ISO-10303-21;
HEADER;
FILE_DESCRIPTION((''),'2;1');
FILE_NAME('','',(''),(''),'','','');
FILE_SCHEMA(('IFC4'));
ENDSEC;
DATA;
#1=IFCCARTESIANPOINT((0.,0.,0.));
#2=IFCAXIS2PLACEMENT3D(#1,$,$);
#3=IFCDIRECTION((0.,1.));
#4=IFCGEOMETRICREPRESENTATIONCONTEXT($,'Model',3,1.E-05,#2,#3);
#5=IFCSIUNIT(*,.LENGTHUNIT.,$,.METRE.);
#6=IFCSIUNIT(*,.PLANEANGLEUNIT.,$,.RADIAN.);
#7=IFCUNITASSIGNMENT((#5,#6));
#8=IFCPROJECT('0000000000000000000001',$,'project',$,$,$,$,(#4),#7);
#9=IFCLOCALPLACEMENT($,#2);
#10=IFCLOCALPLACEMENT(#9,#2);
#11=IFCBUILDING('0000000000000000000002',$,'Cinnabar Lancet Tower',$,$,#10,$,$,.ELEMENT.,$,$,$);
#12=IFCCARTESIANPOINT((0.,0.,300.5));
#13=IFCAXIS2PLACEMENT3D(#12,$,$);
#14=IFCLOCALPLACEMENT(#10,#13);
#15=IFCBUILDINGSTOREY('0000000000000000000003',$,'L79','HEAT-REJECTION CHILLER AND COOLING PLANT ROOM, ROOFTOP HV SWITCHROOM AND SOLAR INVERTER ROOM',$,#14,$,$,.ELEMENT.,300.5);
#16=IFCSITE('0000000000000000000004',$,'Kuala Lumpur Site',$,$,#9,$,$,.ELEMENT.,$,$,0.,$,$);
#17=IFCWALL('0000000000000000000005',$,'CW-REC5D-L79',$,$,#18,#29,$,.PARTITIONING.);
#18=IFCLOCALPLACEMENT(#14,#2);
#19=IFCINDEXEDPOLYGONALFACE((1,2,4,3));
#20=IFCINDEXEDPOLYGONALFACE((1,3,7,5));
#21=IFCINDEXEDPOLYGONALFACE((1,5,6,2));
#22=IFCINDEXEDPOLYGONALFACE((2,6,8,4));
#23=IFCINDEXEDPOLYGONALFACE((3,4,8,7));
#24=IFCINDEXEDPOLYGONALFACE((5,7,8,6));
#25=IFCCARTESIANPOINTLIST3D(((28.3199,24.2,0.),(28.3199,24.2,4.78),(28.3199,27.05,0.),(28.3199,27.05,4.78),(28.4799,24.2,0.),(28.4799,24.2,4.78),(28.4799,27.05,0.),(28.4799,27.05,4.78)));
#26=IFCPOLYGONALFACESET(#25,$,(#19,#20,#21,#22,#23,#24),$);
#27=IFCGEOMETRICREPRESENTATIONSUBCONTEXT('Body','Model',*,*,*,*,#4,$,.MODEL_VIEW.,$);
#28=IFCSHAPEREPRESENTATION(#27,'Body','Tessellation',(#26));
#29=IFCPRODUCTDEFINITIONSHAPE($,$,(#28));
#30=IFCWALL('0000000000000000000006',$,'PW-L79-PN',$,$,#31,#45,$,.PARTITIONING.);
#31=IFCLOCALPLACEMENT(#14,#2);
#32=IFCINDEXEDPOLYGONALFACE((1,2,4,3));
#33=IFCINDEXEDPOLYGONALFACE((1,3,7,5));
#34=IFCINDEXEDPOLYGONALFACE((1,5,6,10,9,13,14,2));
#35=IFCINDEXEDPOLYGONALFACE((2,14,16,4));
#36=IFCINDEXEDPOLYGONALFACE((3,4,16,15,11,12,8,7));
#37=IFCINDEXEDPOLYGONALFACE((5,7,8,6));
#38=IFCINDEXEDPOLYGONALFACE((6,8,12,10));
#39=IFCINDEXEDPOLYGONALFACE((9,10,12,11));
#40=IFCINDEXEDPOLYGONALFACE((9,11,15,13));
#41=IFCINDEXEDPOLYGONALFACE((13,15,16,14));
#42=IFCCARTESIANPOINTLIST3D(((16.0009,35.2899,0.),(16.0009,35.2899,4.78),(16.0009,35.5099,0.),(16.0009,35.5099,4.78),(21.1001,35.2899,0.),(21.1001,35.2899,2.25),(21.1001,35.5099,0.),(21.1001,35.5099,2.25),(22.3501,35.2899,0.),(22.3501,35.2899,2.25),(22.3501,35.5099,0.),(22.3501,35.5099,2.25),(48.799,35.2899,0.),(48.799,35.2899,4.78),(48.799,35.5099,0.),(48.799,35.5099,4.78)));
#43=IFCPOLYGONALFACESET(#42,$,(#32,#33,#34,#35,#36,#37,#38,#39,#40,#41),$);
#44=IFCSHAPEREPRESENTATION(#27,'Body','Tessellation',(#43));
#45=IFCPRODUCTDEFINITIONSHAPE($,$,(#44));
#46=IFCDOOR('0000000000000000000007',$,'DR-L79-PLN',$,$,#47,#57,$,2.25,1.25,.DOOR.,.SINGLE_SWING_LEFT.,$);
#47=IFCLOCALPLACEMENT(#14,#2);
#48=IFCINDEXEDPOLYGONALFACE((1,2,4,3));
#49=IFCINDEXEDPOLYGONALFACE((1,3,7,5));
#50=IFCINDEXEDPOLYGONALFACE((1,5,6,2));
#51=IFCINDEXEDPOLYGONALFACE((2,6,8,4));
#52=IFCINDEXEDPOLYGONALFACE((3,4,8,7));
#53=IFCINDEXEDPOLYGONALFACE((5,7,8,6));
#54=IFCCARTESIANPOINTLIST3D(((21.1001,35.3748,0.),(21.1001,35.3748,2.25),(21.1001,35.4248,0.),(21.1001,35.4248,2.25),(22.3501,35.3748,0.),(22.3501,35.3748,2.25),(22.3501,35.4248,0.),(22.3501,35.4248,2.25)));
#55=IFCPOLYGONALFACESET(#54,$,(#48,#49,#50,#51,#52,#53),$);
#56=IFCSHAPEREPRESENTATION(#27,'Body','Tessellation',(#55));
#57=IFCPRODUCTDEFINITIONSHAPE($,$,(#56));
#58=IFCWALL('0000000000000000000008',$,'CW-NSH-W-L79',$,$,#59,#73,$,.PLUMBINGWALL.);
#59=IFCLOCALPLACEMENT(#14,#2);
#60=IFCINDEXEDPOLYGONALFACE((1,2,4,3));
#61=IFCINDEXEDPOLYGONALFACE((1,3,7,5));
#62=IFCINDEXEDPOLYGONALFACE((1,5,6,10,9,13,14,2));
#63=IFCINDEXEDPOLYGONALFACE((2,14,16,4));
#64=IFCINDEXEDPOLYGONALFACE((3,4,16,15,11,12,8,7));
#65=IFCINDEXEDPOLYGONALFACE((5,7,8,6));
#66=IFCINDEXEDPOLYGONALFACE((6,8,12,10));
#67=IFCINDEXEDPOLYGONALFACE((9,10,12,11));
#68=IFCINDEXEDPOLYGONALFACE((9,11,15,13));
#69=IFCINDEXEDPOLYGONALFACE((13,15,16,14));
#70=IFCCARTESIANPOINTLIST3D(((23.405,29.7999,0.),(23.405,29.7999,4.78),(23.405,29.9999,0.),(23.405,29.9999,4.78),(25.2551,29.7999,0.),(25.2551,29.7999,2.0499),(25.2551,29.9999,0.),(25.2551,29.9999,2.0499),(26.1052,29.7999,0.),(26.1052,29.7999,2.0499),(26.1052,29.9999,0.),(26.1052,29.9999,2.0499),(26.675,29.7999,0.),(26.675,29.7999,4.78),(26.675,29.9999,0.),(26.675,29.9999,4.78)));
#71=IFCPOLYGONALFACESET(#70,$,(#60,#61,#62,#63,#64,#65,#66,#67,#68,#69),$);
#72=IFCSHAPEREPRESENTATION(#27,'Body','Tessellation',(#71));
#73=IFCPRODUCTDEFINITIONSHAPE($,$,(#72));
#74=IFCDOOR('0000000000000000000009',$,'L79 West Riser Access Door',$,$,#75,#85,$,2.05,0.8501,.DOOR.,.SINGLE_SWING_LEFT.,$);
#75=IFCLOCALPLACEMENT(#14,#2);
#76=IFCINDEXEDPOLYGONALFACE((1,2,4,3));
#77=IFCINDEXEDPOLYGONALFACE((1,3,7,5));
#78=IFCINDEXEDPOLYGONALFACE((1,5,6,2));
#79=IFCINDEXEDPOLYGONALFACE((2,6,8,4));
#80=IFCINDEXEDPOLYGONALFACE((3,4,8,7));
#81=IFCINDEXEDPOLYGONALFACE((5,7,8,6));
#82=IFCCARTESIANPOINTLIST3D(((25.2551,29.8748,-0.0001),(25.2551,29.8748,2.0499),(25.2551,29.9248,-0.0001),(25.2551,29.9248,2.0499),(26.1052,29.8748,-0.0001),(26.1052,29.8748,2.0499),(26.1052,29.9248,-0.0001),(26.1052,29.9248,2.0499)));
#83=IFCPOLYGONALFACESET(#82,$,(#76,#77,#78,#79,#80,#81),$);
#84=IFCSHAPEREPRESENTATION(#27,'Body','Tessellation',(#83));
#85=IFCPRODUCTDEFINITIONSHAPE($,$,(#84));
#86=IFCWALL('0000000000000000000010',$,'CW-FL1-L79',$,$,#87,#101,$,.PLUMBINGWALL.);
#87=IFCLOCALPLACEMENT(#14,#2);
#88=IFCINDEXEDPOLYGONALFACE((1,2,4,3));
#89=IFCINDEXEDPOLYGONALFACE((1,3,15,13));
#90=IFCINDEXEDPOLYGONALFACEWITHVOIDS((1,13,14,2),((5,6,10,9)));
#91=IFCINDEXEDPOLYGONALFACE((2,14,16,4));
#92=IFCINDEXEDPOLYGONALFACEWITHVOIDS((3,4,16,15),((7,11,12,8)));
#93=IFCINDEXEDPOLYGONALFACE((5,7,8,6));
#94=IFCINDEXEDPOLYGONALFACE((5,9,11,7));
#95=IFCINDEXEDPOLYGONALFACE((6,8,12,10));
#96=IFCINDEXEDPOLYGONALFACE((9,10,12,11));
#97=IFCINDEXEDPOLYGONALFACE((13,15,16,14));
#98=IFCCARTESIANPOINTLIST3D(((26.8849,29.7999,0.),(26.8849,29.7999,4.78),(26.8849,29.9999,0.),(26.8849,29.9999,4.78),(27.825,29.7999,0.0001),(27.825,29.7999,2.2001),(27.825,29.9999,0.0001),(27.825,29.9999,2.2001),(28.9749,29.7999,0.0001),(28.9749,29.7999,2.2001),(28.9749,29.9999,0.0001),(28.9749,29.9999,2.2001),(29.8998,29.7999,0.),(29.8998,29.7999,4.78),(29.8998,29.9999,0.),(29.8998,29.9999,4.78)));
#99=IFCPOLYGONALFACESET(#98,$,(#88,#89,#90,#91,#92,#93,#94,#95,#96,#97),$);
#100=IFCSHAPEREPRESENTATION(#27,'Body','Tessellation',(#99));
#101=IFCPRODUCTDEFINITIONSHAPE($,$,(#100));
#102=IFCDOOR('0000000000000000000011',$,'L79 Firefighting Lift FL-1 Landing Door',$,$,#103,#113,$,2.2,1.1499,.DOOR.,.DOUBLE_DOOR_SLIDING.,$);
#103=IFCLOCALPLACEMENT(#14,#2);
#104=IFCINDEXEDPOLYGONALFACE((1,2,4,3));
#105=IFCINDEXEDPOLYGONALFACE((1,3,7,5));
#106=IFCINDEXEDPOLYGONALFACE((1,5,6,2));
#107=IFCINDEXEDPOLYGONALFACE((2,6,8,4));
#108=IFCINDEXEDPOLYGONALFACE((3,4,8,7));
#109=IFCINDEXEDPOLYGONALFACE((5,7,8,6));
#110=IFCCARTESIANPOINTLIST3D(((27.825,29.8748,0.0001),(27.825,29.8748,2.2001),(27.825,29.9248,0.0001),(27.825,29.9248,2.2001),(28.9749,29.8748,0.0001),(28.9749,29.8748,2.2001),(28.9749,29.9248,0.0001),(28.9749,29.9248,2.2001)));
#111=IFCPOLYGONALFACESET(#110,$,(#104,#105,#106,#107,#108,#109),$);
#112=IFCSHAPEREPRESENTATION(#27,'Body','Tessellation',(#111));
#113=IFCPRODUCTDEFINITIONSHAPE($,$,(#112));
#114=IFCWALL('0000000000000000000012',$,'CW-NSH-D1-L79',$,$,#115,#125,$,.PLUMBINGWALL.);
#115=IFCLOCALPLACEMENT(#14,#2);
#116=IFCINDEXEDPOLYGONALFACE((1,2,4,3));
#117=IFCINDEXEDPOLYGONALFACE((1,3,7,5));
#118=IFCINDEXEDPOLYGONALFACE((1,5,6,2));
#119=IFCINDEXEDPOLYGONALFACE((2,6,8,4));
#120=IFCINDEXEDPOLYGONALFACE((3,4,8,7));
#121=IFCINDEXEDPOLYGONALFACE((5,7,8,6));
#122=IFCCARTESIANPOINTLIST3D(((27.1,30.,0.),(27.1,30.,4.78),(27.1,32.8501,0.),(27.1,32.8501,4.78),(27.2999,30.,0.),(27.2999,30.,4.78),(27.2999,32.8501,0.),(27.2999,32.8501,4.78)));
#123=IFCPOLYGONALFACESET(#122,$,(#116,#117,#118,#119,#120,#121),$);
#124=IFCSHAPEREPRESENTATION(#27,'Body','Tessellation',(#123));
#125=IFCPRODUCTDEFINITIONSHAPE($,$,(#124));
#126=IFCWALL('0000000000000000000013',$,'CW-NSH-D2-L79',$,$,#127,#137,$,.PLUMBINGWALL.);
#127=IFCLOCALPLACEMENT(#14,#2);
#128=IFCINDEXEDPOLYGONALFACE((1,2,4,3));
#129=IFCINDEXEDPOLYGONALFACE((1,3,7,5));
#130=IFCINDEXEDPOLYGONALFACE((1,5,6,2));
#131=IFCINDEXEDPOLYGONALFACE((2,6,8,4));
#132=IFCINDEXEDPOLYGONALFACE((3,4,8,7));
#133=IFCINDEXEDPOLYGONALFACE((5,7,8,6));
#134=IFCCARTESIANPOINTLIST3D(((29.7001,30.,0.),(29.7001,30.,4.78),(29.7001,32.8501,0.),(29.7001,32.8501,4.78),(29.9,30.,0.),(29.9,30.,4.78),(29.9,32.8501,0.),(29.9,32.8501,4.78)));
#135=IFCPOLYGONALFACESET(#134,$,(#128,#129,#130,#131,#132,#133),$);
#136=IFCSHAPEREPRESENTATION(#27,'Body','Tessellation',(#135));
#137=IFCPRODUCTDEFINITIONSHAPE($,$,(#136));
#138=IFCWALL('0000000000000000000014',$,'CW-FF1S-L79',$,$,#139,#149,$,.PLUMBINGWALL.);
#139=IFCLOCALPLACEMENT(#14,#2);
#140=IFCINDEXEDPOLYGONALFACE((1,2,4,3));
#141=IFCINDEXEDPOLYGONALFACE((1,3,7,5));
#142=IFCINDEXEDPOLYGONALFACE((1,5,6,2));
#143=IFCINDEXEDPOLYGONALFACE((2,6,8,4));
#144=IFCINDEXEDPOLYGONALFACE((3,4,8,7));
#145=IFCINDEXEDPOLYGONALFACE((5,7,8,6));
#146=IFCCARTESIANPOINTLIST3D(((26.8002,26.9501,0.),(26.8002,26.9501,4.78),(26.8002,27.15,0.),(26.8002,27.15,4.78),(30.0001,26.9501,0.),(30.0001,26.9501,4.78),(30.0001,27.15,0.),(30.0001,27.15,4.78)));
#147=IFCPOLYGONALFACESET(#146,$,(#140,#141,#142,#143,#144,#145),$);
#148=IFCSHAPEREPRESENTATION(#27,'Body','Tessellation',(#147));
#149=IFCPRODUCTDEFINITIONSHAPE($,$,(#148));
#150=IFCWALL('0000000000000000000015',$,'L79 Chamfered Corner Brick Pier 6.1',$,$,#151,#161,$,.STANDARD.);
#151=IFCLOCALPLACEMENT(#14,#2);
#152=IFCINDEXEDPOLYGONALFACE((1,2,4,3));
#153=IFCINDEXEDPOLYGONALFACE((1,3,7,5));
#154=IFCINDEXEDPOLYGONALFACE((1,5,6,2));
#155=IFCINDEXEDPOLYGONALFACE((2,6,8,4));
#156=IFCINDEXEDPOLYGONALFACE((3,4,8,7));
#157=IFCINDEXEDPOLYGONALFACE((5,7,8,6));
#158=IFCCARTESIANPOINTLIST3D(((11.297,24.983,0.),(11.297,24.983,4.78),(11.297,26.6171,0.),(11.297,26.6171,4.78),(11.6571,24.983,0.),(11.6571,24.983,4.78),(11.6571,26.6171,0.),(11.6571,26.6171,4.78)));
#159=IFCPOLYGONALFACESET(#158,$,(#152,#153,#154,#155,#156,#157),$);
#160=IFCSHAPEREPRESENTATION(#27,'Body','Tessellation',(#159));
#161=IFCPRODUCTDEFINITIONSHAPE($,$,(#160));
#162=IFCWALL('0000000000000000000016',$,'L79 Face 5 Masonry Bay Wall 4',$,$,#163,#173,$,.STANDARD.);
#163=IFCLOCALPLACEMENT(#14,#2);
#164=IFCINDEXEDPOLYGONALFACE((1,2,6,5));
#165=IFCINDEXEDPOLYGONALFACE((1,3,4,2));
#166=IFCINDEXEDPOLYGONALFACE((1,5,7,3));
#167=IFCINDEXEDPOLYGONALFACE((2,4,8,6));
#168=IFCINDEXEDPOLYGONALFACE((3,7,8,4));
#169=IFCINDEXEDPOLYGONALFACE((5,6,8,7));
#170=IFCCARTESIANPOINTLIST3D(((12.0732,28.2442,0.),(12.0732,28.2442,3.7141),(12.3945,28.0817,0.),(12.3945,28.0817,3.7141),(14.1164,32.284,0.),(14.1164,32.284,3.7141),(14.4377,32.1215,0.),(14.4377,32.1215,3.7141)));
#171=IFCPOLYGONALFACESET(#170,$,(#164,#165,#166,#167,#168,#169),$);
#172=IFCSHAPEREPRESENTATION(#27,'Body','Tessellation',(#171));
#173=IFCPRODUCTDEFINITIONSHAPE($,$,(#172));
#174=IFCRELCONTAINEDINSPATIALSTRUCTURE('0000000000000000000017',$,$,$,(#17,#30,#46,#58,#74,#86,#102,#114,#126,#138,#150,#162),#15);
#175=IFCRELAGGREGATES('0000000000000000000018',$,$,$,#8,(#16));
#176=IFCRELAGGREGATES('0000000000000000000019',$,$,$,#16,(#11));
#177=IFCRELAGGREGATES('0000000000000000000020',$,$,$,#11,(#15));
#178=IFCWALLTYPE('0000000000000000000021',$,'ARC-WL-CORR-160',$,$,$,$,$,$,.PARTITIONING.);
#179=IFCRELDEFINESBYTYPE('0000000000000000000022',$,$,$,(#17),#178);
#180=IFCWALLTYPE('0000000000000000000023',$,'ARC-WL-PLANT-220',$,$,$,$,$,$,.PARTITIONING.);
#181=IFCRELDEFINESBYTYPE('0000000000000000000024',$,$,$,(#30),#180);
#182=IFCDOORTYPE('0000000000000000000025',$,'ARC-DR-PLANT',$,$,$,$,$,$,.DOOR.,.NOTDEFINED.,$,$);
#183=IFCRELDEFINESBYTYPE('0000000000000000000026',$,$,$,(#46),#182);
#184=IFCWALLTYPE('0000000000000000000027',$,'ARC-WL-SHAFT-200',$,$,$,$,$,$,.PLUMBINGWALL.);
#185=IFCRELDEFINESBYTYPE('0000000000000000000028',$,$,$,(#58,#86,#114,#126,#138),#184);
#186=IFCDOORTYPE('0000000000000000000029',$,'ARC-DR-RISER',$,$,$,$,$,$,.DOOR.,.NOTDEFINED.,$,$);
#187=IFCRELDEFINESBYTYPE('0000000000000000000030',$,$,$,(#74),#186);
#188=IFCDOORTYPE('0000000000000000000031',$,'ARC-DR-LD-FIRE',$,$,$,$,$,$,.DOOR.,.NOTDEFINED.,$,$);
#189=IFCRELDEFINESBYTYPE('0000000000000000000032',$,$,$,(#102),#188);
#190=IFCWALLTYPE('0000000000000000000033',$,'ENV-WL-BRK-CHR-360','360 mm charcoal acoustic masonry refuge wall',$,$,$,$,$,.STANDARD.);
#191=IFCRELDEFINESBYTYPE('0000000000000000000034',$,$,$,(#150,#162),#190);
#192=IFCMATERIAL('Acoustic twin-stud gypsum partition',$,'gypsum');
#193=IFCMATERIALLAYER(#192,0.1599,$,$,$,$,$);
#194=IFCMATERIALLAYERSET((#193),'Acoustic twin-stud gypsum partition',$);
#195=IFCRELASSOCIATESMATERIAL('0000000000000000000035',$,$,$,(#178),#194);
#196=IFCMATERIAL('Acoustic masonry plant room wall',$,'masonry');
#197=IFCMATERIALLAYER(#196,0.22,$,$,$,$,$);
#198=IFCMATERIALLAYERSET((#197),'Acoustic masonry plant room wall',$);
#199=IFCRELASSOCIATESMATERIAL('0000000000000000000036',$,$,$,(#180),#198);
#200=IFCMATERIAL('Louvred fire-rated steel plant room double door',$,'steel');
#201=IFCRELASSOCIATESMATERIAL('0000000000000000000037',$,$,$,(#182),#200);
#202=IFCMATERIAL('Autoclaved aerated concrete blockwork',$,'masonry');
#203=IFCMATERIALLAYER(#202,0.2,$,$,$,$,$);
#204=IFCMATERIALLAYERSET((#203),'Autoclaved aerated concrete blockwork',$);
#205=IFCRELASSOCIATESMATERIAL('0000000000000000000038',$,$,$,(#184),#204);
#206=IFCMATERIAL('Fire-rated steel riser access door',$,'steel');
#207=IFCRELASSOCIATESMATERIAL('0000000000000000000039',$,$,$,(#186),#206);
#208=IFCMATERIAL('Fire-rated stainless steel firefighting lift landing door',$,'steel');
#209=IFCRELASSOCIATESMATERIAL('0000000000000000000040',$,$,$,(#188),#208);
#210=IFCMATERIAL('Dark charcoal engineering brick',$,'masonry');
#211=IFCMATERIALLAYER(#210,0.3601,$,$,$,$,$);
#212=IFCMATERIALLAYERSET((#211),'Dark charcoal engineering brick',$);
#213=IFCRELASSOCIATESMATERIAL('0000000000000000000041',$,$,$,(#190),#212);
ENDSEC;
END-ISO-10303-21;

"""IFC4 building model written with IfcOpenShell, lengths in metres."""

from ifc_helpers import new_model, si_unit, direction, frame, frame_2d, origin, place, context, subcontext, project, spatial, rectangle, extrude, material, layer, layer_set, type_object, element, fill, save


model = new_model("IFC4")

# Units and contexts
model_context = context("Model", 3, precision=1e-05, world=origin(), true_north=direction((0.0, 1.0)))
body_context = subcontext(model_context, "Body", "Model", "MODEL_VIEW")
ifc_project = project(units=[si_unit("LENGTHUNIT", "METRE"), si_unit("PLANEANGLEUNIT", "RADIAN")], contexts=[model_context])

# Site, building, storey
site_placement = place(None, origin())
site = spatial("IfcSite", under=ifc_project, at=site_placement, Name="Kuala Lumpur Site", CompositionType="ELEMENT", RefElevation=0.0)
building_placement = place(site_placement, origin())
building = spatial("IfcBuilding", under=site, at=building_placement, Name="Cinnabar Lancet Tower", CompositionType="ELEMENT")
storey_placement = place(building_placement, frame((0.0, 0.0, 300.5)))
storey = spatial("IfcBuildingStorey", under=building, at=storey_placement, Name="L79", Description="HEAT-REJECTION CHILLER AND COOLING PLANT ROOM, ROOFTOP HV SWITCHROOM AND SOLAR INVERTER ROOM", CompositionType="ELEMENT", Elevation=300.5)

# Wall
ifc_material_1 = material(Name="Acoustic twin-stud gypsum partition", Category="gypsum")
ifc_layer_1 = layer(ifc_material_1, 0.1599)
ifc_layer_set_1 = layer_set([ifc_layer_1], Name="Acoustic twin-stud gypsum partition")
wall_type_1 = type_object("IfcWallType", Name="ARC-WL-CORR-160", PredefinedType="PARTITIONING", material=ifc_layer_set_1)
wall_1_placement = place(storey_placement, frame((28.3999, 24.2, 0.0), z_axis=(0.0, 0.0, 1.0), x_axis=(0.0, 1.0, 0.0)))
element("IfcWall", 1, at=wall_1_placement, inside=storey, type_object=wall_type_1, Name="CW-REC5D-L79", PredefinedType="PARTITIONING", context=body_context, shape_type="SweptSolid", body=[
    extrude(rectangle(XDim=2.8501, YDim=0.1599, at=frame_2d((1.425, 0.0))), origin(), (0.0, 0.0, 1.0), 4.78),
])

# Walls, openings, doors
ifc_material_2 = material(Name="Acoustic masonry plant room wall", Category="masonry")
ifc_layer_2 = layer(ifc_material_2, 0.22)
ifc_layer_set_2 = layer_set([ifc_layer_2], Name="Acoustic masonry plant room wall")
wall_type_2 = type_object("IfcWallType", Name="ARC-WL-PLANT-220", PredefinedType="PARTITIONING", material=ifc_layer_set_2)
wall_2_placement = place(storey_placement, frame((16.001, 35.3999, 0.0), z_axis=(0.0, 0.0, 1.0), x_axis=(1.0, 0.0, 0.0)))
wall_2 = element("IfcWall", 2, at=wall_2_placement, inside=storey, type_object=wall_type_2, Name="PW-L79-PN", PredefinedType="PARTITIONING", context=body_context, shape_type="SweptSolid", body=[
    extrude(rectangle(XDim=32.7981, YDim=0.22, at=frame_2d((16.3989, 0.0))), origin(), (0.0, 0.0, 1.0), 4.78),
])
opening_1_placement = place(wall_2_placement, frame((5.0991, 0.0, 0.0)))
opening_1 = element("IfcOpeningElement", 3, at=opening_1_placement, cuts=wall_2, PredefinedType="OPENING", context=body_context, shape_type="SweptSolid", body=[
    extrude(rectangle(XDim=1.25, YDim=2.25, at=frame_2d((0.625, 1.125))), frame((0.0, 0.1199, 0.0), z_axis=(0.0, -1.0, 0.0), x_axis=(1.0, 0.0, 0.0)), (0.0, 0.0, 1.0), 0.24),
])
ifc_material_3 = material(Name="Louvred fire-rated steel plant room double door", Category="steel")
door_type_1 = type_object("IfcDoorType", Name="ARC-DR-PLANT", OperationType="NOTDEFINED", PredefinedType="DOOR", material=ifc_material_3)
door_1_placement = place(opening_1_placement, origin())
door_1 = element("IfcDoor", 4, at=door_1_placement, inside=storey, type_object=door_type_1, Name="DR-L79-PLN", OperationType="SINGLE_SWING_LEFT", OverallHeight=2.25, OverallWidth=1.25, PredefinedType="DOOR", context=body_context, shape_type="SweptSolid", body=[
    extrude(rectangle(XDim=1.25, YDim=2.25, at=frame_2d((0.625, 1.125))), frame((0.0, 0.0249, 0.0), z_axis=(0.0, -1.0, 0.0), x_axis=(1.0, 0.0, 0.0)), (0.0, 0.0, 1.0), 0.05),
])
fill(opening_1, door_1)
ifc_material_4 = material(Name="Autoclaved aerated concrete blockwork", Category="masonry")
ifc_layer_3 = layer(ifc_material_4, 0.2)
ifc_layer_set_3 = layer_set([ifc_layer_3], Name="Autoclaved aerated concrete blockwork")
wall_type_3 = type_object("IfcWallType", Name="ARC-WL-SHAFT-200", PredefinedType="PLUMBINGWALL", material=ifc_layer_set_3)
wall_3_placement = place(storey_placement, frame((23.405, 29.8999, 0.0), z_axis=(0.0, 0.0, 1.0), x_axis=(1.0, 0.0, 0.0)))
wall_3 = element("IfcWall", 5, at=wall_3_placement, inside=storey, type_object=wall_type_3, Name="CW-NSH-W-L79", PredefinedType="PLUMBINGWALL", context=body_context, shape_type="SweptSolid", body=[
    extrude(rectangle(XDim=3.27, YDim=0.2, at=frame_2d((1.635, 0.0))), origin(), (0.0, 0.0, 1.0), 4.78),
])
opening_2_placement = place(wall_3_placement, frame((1.8501, 0.0, 0.0)))
opening_2 = element("IfcOpeningElement", 6, at=opening_2_placement, cuts=wall_3, PredefinedType="OPENING", context=body_context, shape_type="SweptSolid", body=[
    extrude(rectangle(XDim=0.8501, YDim=2.05, at=frame_2d((0.425, 1.0249))), frame((0.0, 0.1099, 0.0), z_axis=(0.0, -1.0, 0.0), x_axis=(1.0, 0.0, 0.0)), (0.0, 0.0, 1.0), 0.22),
])
ifc_material_5 = material(Name="Fire-rated steel riser access door", Category="steel")
door_type_2 = type_object("IfcDoorType", Name="ARC-DR-RISER", OperationType="NOTDEFINED", PredefinedType="DOOR", material=ifc_material_5)
door_2_placement = place(opening_2_placement, origin())
door_2 = element("IfcDoor", 7, at=door_2_placement, inside=storey, type_object=door_type_2, Name="L79 West Riser Access Door", OperationType="SINGLE_SWING_LEFT", OverallHeight=2.05, OverallWidth=0.8501, PredefinedType="DOOR", context=body_context, shape_type="SweptSolid", body=[
    extrude(rectangle(XDim=0.8501, YDim=2.05, at=frame_2d((0.425, 1.0249))), frame((0.0, 0.0249, 0.0), z_axis=(0.0, -1.0, 0.0), x_axis=(1.0, 0.0, 0.0)), (0.0, 0.0, 1.0), 0.05),
])
fill(opening_2, door_2)
wall_4_placement = place(storey_placement, frame((26.885, 29.8999, 0.0), z_axis=(0.0, 0.0, 1.0), x_axis=(1.0, 0.0, 0.0)))
wall_4 = element("IfcWall", 8, at=wall_4_placement, inside=storey, type_object=wall_type_3, Name="CW-FL1-L79", PredefinedType="PLUMBINGWALL", context=body_context, shape_type="SweptSolid", body=[
    extrude(rectangle(XDim=3.0149, YDim=0.2, at=frame_2d((1.5073, 0.0))), origin(), (0.0, 0.0, 1.0), 4.78),
])
opening_3_placement = place(wall_4_placement, frame((0.9399, 0.0, 0.0)))
opening_3 = element("IfcOpeningElement", 9, at=opening_3_placement, cuts=wall_4, PredefinedType="OPENING", context=body_context, shape_type="SweptSolid", body=[
    extrude(rectangle(XDim=1.1499, YDim=2.2, at=frame_2d((0.575, 1.1001))), frame((0.0, 0.1099, 0.0), z_axis=(0.0, -1.0, 0.0), x_axis=(1.0, 0.0, 0.0)), (0.0, 0.0, 1.0), 0.22),
])
ifc_material_6 = material(Name="Fire-rated stainless steel firefighting lift landing door", Category="steel")
door_type_3 = type_object("IfcDoorType", Name="ARC-DR-LD-FIRE", OperationType="NOTDEFINED", PredefinedType="DOOR", material=ifc_material_6)
door_3_placement = place(opening_3_placement, origin())
door_3 = element("IfcDoor", 10, at=door_3_placement, inside=storey, type_object=door_type_3, Name="L79 Firefighting Lift FL-1 Landing Door", OperationType="DOUBLE_DOOR_SLIDING", OverallHeight=2.2, OverallWidth=1.1499, PredefinedType="DOOR", context=body_context, shape_type="SweptSolid", body=[
    extrude(rectangle(XDim=1.1499, YDim=2.2, at=frame_2d((0.575, 1.1001))), frame((0.0, 0.0249, 0.0), z_axis=(0.0, -1.0, 0.0), x_axis=(1.0, 0.0, 0.0)), (0.0, 0.0, 1.0), 0.05),
])
fill(opening_3, door_3)

# Walls
for number, where, z_axis, x_axis, name in (
    (11, (27.2, 30.0, 0.0), (0.0, 0.0, 1.0), (0.0, 1.0, 0.0), "CW-NSH-D1-L79"),
    (12, (29.8, 30.0, 0.0), (0.0, 0.0, 1.0), (0.0, 1.0, 0.0), "CW-NSH-D2-L79"),
):
    element("IfcWall", number, at=place(storey_placement, frame(where, z_axis=z_axis, x_axis=x_axis)), inside=storey, type_object=wall_type_3, Name=name, PredefinedType="PLUMBINGWALL", context=body_context, shape_type="SweptSolid", body=[
        extrude(rectangle(XDim=2.8501, YDim=0.2, at=frame_2d((1.425, 0.0))), origin(), (0.0, 0.0, 1.0), 4.78),
    ])
wall_5_placement = place(storey_placement, frame((26.8, 27.05, 0.0), z_axis=(0.0, 0.0, 1.0), x_axis=(1.0, 0.0, 0.0)))
element("IfcWall", 13, at=wall_5_placement, inside=storey, type_object=wall_type_3, Name="CW-FF1S-L79", PredefinedType="PLUMBINGWALL", context=body_context, shape_type="SweptSolid", body=[
    extrude(rectangle(XDim=3.2, YDim=0.2, at=frame_2d((1.6001, 0.0))), origin(), (0.0, 0.0, 1.0), 4.78),
])
ifc_material_7 = material(Name="Dark charcoal engineering brick", Category="masonry")
ifc_layer_4 = layer(ifc_material_7, 0.3601)
ifc_layer_set_4 = layer_set([ifc_layer_4], Name="Dark charcoal engineering brick")
wall_type_4 = type_object("IfcWallType", Name="ENV-WL-BRK-CHR-360", Description="360 mm charcoal acoustic masonry refuge wall", PredefinedType="STANDARD", material=ifc_layer_set_4)
wall_6_placement = place(storey_placement, frame((11.4771, 26.6169, 0.0), z_axis=(0.0, 0.0, 1.0), x_axis=(0.0, -1.0, 0.0)))
element("IfcWall", 14, at=wall_6_placement, inside=storey, type_object=wall_type_4, Name="L79 Chamfered Corner Brick Pier 6.1", PredefinedType="STANDARD", context=body_context, shape_type="SweptSolid", body=[
    extrude(rectangle(XDim=1.634, YDim=0.3601, at=frame_2d((0.8169, 0.0))), origin(), (0.0, 0.0, 1.0), 4.78),
])
wall_7_placement = place(storey_placement, frame((14.2771, 32.2029, 0.0), z_axis=(0.0, 0.0, 1.0), x_axis=(-0.451329, -0.892358, 0.0)))
element("IfcWall", 15, at=wall_7_placement, inside=storey, type_object=wall_type_4, Name="L79 Face 5 Masonry Bay Wall 4", PredefinedType="STANDARD", context=body_context, shape_type="SweptSolid", body=[
    extrude(rectangle(XDim=4.5271, YDim=0.3601, at=frame_2d((2.2637, 0.0))), origin(), (0.0, 0.0, 1.0), 3.7141),
])

save(model, "model.ifc")
